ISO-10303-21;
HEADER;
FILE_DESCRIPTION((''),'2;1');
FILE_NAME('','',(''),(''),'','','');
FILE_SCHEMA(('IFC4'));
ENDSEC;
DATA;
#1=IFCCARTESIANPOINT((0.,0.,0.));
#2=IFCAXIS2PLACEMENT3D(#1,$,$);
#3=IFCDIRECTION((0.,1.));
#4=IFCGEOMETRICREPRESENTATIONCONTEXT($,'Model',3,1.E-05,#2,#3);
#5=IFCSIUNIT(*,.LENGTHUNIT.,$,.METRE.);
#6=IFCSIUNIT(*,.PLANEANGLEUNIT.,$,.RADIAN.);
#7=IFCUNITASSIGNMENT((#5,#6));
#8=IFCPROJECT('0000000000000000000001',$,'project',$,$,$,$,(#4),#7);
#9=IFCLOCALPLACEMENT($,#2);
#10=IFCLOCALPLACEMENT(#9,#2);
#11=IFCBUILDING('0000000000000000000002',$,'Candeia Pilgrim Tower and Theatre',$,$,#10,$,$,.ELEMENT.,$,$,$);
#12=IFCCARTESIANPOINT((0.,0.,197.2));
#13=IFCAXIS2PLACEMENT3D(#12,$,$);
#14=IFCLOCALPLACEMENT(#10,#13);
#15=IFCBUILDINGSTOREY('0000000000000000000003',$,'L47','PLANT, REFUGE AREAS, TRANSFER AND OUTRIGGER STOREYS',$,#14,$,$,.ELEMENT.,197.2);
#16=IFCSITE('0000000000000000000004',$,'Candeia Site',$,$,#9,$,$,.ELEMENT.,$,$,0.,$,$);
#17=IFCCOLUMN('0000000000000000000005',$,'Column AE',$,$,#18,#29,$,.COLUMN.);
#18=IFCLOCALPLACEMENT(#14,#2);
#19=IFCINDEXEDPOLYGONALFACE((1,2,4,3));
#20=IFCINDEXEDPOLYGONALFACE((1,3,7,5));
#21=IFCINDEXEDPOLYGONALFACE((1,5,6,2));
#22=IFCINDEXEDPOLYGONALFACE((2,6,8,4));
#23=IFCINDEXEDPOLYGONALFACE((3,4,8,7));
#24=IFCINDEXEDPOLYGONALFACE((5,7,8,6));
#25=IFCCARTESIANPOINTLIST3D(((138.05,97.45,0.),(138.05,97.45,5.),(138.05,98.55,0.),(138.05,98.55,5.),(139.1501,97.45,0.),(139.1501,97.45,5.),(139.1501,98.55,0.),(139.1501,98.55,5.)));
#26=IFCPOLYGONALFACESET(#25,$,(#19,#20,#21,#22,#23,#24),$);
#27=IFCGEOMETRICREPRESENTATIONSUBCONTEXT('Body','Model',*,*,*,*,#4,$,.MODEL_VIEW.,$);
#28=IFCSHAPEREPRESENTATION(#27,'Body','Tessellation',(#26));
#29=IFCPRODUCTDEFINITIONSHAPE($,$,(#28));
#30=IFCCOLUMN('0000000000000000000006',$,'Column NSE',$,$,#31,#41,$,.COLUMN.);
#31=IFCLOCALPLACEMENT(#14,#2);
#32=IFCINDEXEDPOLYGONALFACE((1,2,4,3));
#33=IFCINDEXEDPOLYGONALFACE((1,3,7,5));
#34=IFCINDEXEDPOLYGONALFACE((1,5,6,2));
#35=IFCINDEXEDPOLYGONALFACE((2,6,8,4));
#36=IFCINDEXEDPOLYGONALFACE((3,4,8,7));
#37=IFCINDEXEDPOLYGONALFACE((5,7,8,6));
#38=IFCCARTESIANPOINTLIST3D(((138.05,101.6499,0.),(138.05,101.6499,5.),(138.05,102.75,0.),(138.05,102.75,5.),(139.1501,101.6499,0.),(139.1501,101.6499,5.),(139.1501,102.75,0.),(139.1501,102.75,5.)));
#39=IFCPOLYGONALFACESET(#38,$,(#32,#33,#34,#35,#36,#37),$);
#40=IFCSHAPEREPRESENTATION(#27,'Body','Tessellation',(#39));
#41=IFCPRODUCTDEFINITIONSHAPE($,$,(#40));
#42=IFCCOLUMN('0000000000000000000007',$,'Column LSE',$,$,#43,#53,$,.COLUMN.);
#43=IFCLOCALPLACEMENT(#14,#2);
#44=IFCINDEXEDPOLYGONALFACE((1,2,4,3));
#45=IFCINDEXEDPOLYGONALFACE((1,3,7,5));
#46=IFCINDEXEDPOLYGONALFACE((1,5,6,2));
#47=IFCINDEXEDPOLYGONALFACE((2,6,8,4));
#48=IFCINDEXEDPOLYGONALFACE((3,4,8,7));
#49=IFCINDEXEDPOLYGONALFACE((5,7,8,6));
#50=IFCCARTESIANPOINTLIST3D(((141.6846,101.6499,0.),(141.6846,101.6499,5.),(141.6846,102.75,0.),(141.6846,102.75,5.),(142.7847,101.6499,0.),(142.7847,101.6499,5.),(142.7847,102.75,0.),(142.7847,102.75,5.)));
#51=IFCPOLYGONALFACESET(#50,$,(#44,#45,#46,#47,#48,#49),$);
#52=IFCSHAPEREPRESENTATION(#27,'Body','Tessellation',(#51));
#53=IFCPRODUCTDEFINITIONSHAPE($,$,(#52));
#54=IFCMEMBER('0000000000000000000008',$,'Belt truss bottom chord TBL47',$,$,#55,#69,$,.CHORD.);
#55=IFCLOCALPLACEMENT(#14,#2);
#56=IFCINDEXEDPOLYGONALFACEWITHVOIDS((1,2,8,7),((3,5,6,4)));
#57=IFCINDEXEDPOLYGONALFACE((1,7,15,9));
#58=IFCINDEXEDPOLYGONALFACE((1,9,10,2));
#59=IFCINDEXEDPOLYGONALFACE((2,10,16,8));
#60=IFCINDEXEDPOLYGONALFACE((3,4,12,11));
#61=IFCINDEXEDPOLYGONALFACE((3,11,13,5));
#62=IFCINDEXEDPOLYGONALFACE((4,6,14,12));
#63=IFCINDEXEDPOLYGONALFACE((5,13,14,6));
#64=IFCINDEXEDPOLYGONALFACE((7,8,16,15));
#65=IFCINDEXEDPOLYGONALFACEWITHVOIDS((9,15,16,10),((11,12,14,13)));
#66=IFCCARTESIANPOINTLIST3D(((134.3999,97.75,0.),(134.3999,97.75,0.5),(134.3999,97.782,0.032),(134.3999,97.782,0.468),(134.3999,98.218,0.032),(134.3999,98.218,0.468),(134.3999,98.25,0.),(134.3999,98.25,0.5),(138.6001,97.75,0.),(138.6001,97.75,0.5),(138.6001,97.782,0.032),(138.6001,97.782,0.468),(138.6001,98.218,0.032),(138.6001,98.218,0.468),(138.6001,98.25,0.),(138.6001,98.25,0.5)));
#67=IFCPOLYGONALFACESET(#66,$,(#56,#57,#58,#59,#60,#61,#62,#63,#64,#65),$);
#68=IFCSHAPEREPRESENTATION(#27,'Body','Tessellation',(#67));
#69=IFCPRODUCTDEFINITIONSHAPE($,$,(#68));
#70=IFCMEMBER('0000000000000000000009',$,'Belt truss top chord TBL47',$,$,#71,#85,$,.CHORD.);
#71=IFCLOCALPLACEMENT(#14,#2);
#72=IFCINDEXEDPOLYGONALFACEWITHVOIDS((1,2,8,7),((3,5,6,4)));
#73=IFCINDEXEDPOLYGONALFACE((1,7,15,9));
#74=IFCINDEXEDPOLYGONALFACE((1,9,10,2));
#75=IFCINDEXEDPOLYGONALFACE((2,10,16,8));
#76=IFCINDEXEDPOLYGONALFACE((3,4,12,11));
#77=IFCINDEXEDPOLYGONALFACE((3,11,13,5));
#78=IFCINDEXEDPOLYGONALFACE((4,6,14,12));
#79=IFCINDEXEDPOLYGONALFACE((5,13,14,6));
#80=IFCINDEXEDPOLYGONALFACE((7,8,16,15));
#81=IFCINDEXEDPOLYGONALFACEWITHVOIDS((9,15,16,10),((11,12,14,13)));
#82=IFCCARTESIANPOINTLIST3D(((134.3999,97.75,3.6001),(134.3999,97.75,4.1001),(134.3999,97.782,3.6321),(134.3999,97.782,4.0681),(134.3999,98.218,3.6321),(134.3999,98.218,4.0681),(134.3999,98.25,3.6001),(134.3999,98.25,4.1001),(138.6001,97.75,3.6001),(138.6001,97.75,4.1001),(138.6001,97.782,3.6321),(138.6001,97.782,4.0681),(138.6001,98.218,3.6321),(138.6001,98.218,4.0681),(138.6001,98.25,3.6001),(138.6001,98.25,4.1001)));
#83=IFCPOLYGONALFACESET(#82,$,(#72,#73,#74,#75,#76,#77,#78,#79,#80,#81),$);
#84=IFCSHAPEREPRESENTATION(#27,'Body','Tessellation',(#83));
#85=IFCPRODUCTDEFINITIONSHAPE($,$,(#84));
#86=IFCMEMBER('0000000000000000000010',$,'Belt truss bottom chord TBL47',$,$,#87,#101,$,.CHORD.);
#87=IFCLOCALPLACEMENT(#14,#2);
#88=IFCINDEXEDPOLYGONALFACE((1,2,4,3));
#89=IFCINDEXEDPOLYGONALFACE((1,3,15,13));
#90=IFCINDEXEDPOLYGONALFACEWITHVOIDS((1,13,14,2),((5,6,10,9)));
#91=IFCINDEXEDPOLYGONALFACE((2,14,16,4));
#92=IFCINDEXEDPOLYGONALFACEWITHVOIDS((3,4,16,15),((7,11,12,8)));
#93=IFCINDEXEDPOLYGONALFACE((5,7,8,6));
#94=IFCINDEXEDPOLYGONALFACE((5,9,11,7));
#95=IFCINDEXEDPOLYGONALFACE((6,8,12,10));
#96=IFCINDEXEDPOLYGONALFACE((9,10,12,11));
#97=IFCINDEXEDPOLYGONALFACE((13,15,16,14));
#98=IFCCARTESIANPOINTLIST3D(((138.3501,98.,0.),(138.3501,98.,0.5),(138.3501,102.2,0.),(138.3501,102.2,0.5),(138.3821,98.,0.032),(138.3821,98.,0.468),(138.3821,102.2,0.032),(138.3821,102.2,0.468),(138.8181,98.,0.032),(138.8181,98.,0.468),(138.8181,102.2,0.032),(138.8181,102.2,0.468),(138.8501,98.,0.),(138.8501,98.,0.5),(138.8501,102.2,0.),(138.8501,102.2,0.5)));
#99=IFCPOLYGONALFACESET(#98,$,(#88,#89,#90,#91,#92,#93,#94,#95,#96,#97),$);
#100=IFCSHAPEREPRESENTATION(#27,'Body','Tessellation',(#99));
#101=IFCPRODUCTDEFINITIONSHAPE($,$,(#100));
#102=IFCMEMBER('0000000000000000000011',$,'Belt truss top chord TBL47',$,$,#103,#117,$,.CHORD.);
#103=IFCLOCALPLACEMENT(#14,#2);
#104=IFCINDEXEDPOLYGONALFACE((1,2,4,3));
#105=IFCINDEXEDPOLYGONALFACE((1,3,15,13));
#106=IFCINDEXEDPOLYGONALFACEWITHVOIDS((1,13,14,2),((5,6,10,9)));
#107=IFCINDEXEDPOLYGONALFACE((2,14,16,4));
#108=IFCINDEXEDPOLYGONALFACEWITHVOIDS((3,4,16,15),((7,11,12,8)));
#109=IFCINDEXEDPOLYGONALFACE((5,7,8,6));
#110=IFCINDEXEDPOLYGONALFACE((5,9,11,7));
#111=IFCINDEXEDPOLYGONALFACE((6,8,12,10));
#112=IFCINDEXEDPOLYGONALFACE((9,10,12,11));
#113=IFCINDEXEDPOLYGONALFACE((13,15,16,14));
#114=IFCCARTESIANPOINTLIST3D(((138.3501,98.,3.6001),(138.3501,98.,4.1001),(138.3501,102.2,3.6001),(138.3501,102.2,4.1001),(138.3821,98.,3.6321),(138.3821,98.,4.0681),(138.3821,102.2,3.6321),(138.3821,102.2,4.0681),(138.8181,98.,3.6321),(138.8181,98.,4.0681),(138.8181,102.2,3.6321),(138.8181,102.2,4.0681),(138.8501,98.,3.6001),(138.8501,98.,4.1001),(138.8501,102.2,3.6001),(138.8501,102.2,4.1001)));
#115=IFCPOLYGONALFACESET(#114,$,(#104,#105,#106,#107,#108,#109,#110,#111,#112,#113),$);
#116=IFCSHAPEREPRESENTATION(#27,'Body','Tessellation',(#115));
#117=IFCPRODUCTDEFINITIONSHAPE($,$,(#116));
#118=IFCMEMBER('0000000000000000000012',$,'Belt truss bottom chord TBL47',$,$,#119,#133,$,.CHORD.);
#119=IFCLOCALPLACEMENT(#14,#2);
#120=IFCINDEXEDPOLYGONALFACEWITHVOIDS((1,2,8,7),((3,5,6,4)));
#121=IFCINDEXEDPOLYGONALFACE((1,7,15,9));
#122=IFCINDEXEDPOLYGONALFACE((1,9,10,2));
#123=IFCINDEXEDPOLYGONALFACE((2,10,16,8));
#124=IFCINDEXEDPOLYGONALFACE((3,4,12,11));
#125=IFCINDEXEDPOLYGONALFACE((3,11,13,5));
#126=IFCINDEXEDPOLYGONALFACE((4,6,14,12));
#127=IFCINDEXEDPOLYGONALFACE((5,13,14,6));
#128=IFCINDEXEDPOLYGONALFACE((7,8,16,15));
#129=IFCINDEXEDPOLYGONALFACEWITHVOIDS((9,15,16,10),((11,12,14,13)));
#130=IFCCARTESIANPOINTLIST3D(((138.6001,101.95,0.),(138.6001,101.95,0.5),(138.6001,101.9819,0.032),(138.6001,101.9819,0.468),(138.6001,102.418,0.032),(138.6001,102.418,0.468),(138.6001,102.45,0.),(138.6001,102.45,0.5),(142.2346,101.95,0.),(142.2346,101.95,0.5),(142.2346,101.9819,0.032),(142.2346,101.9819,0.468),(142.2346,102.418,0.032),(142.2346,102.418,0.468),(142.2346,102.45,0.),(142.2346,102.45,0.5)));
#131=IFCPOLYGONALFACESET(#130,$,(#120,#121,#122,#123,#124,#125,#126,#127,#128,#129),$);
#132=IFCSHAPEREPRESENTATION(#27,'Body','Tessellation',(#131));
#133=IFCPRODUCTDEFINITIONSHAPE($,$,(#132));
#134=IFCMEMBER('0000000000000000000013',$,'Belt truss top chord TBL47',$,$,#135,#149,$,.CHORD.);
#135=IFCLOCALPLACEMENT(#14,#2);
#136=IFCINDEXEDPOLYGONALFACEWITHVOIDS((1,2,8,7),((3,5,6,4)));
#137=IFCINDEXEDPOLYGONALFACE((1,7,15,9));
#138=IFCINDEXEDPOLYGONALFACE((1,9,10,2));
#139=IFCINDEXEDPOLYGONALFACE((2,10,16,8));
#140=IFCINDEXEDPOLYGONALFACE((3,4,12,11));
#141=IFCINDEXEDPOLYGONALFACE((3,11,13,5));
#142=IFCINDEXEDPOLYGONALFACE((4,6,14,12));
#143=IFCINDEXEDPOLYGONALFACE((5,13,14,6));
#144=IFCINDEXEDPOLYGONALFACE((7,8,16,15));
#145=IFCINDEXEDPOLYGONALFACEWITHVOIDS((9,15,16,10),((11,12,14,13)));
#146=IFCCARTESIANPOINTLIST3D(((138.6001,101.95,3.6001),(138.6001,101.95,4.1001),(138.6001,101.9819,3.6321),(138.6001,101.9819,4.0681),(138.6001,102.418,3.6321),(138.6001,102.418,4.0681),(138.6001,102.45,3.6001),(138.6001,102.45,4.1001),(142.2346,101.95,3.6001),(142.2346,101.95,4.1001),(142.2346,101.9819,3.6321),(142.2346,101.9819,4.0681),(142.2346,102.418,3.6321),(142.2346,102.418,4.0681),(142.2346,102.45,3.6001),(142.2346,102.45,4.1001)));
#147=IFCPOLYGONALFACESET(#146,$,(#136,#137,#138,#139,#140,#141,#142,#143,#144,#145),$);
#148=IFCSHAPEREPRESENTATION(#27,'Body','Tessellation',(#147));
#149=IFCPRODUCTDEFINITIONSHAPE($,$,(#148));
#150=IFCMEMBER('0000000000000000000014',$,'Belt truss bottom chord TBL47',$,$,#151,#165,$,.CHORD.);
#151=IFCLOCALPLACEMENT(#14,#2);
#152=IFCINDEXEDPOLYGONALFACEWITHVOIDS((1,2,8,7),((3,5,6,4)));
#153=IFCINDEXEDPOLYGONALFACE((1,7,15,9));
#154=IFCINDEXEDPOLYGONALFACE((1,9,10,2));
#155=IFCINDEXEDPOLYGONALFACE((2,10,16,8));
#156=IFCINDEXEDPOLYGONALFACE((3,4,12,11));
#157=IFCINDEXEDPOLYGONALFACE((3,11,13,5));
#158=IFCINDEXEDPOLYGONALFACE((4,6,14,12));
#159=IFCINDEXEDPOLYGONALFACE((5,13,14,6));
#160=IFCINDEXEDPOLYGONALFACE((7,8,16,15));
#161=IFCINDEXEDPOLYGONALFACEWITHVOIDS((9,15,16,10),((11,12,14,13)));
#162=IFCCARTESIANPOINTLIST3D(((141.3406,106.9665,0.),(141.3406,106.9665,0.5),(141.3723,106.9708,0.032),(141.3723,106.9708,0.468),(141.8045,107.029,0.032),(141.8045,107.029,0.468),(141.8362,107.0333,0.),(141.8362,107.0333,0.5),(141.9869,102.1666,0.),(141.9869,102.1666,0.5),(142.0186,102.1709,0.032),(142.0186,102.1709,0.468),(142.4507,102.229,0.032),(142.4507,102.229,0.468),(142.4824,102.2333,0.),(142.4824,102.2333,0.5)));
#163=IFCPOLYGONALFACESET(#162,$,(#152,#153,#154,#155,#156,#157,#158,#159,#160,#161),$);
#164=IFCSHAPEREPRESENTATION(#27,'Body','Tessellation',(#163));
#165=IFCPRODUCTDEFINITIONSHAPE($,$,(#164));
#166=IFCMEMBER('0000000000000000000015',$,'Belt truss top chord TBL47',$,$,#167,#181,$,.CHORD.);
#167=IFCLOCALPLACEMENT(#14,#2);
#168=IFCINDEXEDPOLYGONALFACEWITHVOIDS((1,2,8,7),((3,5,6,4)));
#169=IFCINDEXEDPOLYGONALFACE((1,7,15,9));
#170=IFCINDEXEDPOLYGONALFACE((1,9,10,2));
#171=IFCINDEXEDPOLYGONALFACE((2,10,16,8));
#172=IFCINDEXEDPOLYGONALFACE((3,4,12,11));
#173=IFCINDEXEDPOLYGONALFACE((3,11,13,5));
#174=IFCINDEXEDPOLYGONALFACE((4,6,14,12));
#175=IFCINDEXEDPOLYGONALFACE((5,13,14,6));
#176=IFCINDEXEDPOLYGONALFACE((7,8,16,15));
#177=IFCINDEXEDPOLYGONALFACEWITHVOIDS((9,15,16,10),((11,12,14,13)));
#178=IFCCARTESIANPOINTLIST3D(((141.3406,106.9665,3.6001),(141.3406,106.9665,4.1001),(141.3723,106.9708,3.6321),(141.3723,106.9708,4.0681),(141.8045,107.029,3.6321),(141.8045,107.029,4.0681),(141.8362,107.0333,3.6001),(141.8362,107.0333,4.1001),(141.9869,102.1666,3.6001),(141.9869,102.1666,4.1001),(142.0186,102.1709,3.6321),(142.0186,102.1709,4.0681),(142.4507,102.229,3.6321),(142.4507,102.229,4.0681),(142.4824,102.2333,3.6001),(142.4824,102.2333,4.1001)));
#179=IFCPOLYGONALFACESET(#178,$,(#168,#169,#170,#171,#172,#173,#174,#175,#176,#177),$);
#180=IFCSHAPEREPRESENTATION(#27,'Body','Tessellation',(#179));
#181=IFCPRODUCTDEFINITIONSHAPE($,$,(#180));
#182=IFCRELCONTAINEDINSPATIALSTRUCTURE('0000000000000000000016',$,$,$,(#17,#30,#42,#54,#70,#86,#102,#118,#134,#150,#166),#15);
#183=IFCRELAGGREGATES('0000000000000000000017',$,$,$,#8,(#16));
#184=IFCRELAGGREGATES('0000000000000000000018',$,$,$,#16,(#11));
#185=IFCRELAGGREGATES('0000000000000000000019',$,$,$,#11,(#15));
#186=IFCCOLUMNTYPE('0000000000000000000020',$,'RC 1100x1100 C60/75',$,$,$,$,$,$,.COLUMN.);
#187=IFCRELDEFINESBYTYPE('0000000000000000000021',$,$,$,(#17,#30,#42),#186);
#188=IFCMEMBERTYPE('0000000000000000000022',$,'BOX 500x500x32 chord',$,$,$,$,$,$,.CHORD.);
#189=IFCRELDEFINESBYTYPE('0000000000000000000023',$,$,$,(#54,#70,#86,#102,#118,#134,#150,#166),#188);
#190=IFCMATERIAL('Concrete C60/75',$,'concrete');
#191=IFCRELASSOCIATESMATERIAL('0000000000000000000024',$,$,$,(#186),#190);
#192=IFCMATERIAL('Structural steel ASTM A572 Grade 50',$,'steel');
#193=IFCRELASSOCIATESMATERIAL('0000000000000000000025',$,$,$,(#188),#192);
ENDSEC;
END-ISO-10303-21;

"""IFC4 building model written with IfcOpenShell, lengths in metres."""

from ifc_helpers import new_model, si_unit, direction, frame, origin, origin_2d, place, context, subcontext, project, spatial, rectangle, hollow_rectangle, extrude, material, material_profile, profile_set, type_object, element, save


model = new_model("IFC4")

# Units and contexts
model_context = context("Model", 3, precision=1e-05, world=origin(), true_north=direction((0.0, 1.0)))
body_context = subcontext(model_context, "Body", "Model", "MODEL_VIEW")
ifc_project = project(units=[si_unit("LENGTHUNIT", "METRE"), si_unit("PLANEANGLEUNIT", "RADIAN")], contexts=[model_context])

# Site, building, storey
site_placement = place(None, origin())
site = spatial("IfcSite", under=ifc_project, at=site_placement, Name="Candeia Site", CompositionType="ELEMENT", RefElevation=0.0)
building_placement = place(site_placement, origin())
building = spatial("IfcBuilding", under=site, at=building_placement, Name="Candeia Pilgrim Tower and Theatre", CompositionType="ELEMENT")
storey_placement = place(building_placement, frame((0.0, 0.0, 197.2)))
storey = spatial("IfcBuildingStorey", under=building, at=storey_placement, Name="L47", Description="PLANT, REFUGE AREAS, TRANSFER AND OUTRIGGER STOREYS", CompositionType="ELEMENT", Elevation=197.2)

# Columns
ifc_material_1 = material(Name="Concrete C60/75", Category="concrete")
ifc_material_profile_1 = material_profile(ifc_material_1, rectangle(XDim=1.1001, YDim=1.1001, at=origin_2d()))
ifc_profile_set_1 = profile_set([ifc_material_profile_1], Name="Concrete C60/75")
column_type = type_object("IfcColumnType", Name="RC 1100x1100 C60/75", PredefinedType="COLUMN", material=ifc_profile_set_1)
for number, where, z_axis, x_axis, name in (
    (1, (138.6001, 98.0, 0.0), (0.0, 0.0, 1.0), (1.0, 0.0, 0.0), "Column AE"),
    (2, (138.6001, 102.2, 0.0), (0.0, 0.0, 1.0), (1.0, 0.0, 0.0), "Column NSE"),
    (3, (142.2346, 102.2, 0.0), (0.0, 0.0, 1.0), (1.0, 0.0, 0.0), "Column LSE"),
):
    element("IfcColumn", number, at=place(storey_placement, frame(where, z_axis=z_axis, x_axis=x_axis)), inside=storey, type_object=column_type, Name=name, PredefinedType="COLUMN", context=body_context, shape_type="SweptSolid", body=[
        extrude(rectangle(XDim=1.1001, YDim=1.1001, at=origin_2d()), origin(), (0.0, 0.0, 1.0), 5.0),
    ])

# Members
ifc_material_2 = material(Name="Structural steel ASTM A572 Grade 50", Category="steel")
ifc_material_profile_2 = material_profile(ifc_material_2, hollow_rectangle(XDim=0.5, YDim=0.5, WallThickness=0.032, at=origin_2d()))
ifc_profile_set_2 = profile_set([ifc_material_profile_2], Name="Structural steel ASTM A572 Grade 50")
member_type_1 = type_object("IfcMemberType", Name="BOX 500x500x32 chord", PredefinedType="CHORD", material=ifc_profile_set_2)
for number, where, z_axis, x_axis, name in (
    (4, (134.3999, 98.0, 0.25), (1.0, 0.0, 0.0), (0.0, 1.0, 0.0), "Belt truss bottom chord TBL47"),
    (5, (134.3999, 98.0, 3.8501), (1.0, 0.0, 0.0), (0.0, 1.0, 0.0), "Belt truss top chord TBL47"),
):
    element("IfcMember", number, at=place(storey_placement, frame(where, z_axis=z_axis, x_axis=x_axis)), inside=storey, type_object=member_type_1, Name=name, PredefinedType="CHORD", context=body_context, shape_type="SweptSolid", body=[
        extrude(hollow_rectangle(XDim=0.5, YDim=0.5, WallThickness=0.032, at=origin_2d()), origin(), (0.0, 0.0, 1.0), 4.2002),
    ])
for number, where, z_axis, x_axis, name in (
    (6, (138.6001, 98.0, 0.25), (0.0, 1.0, 0.0), (-1.0, 0.0, 0.0), "Belt truss bottom chord TBL47"),
    (7, (138.6001, 98.0, 3.8501), (0.0, 1.0, 0.0), (-1.0, 0.0, 0.0), "Belt truss top chord TBL47"),
):
    element("IfcMember", number, at=place(storey_placement, frame(where, z_axis=z_axis, x_axis=x_axis)), inside=storey, type_object=member_type_1, Name=name, PredefinedType="CHORD", context=body_context, shape_type="SweptSolid", body=[
        extrude(hollow_rectangle(XDim=0.5, YDim=0.5, WallThickness=0.032, at=origin_2d()), origin(), (0.0, 0.0, 1.0), 4.2),
    ])
for number, where, z_axis, x_axis, name in (
    (8, (138.6001, 102.2, 0.25), (1.0, 0.0, 0.0), (0.0, 1.0, 0.0), "Belt truss bottom chord TBL47"),
    (9, (138.6001, 102.2, 3.8501), (1.0, 0.0, 0.0), (0.0, 1.0, 0.0), "Belt truss top chord TBL47"),
):
    element("IfcMember", number, at=place(storey_placement, frame(where, z_axis=z_axis, x_axis=x_axis)), inside=storey, type_object=member_type_1, Name=name, PredefinedType="CHORD", context=body_context, shape_type="SweptSolid", body=[
        extrude(hollow_rectangle(XDim=0.5, YDim=0.5, WallThickness=0.032, at=origin_2d()), origin(), (0.0, 0.0, 1.0), 3.6345),
    ])
for number, where, z_axis, x_axis, name in (
    (10, (142.2346, 102.2, 0.25), (-0.133428, 0.991058, 0.0), (-0.991058, -0.133428, 0.0), "Belt truss bottom chord TBL47"),
    (11, (142.2346, 102.2, 3.8501), (-0.133428, 0.991058, 0.0), (-0.991058, -0.133428, 0.0), "Belt truss top chord TBL47"),
):
    element("IfcMember", number, at=place(storey_placement, frame(where, z_axis=z_axis, x_axis=x_axis)), inside=storey, type_object=member_type_1, Name=name, PredefinedType="CHORD", context=body_context, shape_type="SweptSolid", body=[
        extrude(hollow_rectangle(XDim=0.5, YDim=0.5, WallThickness=0.032, at=origin_2d()), origin(), (0.0, 0.0, 1.0), 4.8433),
    ])

save(model, "model.ifc")
